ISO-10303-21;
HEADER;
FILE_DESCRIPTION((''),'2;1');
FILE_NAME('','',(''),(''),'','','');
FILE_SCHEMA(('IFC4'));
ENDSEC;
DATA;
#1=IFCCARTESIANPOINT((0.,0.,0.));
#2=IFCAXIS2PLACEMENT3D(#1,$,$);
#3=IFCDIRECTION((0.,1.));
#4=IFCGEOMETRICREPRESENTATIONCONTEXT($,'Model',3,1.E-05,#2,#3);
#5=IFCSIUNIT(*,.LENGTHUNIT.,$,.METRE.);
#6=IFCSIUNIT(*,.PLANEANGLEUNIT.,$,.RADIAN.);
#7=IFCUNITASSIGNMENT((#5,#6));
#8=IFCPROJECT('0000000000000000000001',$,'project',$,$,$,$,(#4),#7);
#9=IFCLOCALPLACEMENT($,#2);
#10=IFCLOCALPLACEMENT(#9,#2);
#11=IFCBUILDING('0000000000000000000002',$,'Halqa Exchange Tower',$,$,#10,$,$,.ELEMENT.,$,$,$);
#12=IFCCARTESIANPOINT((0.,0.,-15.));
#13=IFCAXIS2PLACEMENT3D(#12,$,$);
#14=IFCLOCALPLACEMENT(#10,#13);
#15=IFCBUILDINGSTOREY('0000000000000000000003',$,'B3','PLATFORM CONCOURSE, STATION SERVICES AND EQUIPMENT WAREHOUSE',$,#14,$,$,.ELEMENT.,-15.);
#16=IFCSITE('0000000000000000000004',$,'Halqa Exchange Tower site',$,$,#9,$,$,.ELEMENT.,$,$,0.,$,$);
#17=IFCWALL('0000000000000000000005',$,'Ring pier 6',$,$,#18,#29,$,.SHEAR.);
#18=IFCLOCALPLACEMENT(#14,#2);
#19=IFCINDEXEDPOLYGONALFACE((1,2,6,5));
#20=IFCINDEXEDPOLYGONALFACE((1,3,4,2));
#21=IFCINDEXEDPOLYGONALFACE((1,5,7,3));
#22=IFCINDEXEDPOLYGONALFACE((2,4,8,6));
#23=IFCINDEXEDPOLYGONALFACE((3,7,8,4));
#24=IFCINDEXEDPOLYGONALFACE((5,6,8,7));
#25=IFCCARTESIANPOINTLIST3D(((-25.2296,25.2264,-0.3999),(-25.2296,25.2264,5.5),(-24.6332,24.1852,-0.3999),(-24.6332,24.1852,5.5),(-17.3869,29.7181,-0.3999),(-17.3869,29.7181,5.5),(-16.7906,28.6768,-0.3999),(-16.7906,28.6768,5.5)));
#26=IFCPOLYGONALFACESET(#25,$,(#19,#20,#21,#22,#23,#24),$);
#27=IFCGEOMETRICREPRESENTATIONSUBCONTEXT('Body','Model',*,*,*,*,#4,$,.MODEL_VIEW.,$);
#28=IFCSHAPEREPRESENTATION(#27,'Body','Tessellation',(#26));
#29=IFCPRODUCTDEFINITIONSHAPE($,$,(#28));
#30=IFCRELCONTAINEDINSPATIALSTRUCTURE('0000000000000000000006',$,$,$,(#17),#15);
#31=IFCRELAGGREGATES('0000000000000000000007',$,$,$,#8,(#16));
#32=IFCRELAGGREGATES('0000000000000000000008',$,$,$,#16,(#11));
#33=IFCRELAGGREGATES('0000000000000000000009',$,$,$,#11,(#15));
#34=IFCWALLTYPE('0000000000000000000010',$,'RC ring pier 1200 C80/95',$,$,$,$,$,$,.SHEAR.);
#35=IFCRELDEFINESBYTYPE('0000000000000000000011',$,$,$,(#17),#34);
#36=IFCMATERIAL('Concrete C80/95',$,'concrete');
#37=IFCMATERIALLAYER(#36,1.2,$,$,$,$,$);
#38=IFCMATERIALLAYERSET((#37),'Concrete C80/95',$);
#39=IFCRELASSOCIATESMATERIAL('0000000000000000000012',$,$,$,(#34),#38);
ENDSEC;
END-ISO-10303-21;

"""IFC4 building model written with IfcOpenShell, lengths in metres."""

from ifc_helpers import new_model, si_unit, direction, frame, frame_2d, origin, place, context, subcontext, project, spatial, rectangle, extrude, material, layer, layer_set, type_object, element, save


model = new_model("IFC4")

# Units and contexts
model_context = context("Model", 3, precision=1e-05, world=origin(), true_north=direction((0.0, 1.0)))
body_context = subcontext(model_context, "Body", "Model", "MODEL_VIEW")
ifc_project = project(units=[si_unit("LENGTHUNIT", "METRE"), si_unit("PLANEANGLEUNIT", "RADIAN")], contexts=[model_context])

# Site, building, storey
site_placement = place(None, origin())
site = spatial("IfcSite", under=ifc_project, at=site_placement, Name="Halqa Exchange Tower site", CompositionType="ELEMENT", RefElevation=0.0)
building_placement = place(site_placement, origin())
building = spatial("IfcBuilding", under=site, at=building_placement, Name="Halqa Exchange Tower", CompositionType="ELEMENT")
storey_placement = place(building_placement, frame((0.0, 0.0, -15.0)))
storey = spatial("IfcBuildingStorey", under=building, at=storey_placement, Name="B3", Description="PLATFORM CONCOURSE, STATION SERVICES AND EQUIPMENT WAREHOUSE", CompositionType="ELEMENT", Elevation=-15.0)

# Wall
ifc_material_1 = material(Name="Concrete C80/95", Category="concrete")
ifc_layer_1 = layer(ifc_material_1, 1.2)
ifc_layer_set_1 = layer_set([ifc_layer_1], Name="Concrete C80/95")
wall_type_1 = type_object("IfcWallType", Name="RC ring pier 1200 C80/95", PredefinedType="SHEAR", material=ifc_layer_set_1)
wall_1_placement = place(storey_placement, frame((-17.0886, 29.1975, -0.3999), z_axis=(0.0, 0.0, 1.0), x_axis=(-0.867761, -0.496982, 0.0)))
element("IfcWall", 1, at=wall_1_placement, inside=storey, type_object=wall_type_1, Name="Ring pier 6", PredefinedType="SHEAR", context=body_context, shape_type="SweptSolid", body=[
    extrude(rectangle(XDim=9.0378, YDim=1.2, at=frame_2d((4.519, 0.0))), origin(), (0.0, 0.0, 1.0), 5.8999),
])

save(model, "model.ifc")
